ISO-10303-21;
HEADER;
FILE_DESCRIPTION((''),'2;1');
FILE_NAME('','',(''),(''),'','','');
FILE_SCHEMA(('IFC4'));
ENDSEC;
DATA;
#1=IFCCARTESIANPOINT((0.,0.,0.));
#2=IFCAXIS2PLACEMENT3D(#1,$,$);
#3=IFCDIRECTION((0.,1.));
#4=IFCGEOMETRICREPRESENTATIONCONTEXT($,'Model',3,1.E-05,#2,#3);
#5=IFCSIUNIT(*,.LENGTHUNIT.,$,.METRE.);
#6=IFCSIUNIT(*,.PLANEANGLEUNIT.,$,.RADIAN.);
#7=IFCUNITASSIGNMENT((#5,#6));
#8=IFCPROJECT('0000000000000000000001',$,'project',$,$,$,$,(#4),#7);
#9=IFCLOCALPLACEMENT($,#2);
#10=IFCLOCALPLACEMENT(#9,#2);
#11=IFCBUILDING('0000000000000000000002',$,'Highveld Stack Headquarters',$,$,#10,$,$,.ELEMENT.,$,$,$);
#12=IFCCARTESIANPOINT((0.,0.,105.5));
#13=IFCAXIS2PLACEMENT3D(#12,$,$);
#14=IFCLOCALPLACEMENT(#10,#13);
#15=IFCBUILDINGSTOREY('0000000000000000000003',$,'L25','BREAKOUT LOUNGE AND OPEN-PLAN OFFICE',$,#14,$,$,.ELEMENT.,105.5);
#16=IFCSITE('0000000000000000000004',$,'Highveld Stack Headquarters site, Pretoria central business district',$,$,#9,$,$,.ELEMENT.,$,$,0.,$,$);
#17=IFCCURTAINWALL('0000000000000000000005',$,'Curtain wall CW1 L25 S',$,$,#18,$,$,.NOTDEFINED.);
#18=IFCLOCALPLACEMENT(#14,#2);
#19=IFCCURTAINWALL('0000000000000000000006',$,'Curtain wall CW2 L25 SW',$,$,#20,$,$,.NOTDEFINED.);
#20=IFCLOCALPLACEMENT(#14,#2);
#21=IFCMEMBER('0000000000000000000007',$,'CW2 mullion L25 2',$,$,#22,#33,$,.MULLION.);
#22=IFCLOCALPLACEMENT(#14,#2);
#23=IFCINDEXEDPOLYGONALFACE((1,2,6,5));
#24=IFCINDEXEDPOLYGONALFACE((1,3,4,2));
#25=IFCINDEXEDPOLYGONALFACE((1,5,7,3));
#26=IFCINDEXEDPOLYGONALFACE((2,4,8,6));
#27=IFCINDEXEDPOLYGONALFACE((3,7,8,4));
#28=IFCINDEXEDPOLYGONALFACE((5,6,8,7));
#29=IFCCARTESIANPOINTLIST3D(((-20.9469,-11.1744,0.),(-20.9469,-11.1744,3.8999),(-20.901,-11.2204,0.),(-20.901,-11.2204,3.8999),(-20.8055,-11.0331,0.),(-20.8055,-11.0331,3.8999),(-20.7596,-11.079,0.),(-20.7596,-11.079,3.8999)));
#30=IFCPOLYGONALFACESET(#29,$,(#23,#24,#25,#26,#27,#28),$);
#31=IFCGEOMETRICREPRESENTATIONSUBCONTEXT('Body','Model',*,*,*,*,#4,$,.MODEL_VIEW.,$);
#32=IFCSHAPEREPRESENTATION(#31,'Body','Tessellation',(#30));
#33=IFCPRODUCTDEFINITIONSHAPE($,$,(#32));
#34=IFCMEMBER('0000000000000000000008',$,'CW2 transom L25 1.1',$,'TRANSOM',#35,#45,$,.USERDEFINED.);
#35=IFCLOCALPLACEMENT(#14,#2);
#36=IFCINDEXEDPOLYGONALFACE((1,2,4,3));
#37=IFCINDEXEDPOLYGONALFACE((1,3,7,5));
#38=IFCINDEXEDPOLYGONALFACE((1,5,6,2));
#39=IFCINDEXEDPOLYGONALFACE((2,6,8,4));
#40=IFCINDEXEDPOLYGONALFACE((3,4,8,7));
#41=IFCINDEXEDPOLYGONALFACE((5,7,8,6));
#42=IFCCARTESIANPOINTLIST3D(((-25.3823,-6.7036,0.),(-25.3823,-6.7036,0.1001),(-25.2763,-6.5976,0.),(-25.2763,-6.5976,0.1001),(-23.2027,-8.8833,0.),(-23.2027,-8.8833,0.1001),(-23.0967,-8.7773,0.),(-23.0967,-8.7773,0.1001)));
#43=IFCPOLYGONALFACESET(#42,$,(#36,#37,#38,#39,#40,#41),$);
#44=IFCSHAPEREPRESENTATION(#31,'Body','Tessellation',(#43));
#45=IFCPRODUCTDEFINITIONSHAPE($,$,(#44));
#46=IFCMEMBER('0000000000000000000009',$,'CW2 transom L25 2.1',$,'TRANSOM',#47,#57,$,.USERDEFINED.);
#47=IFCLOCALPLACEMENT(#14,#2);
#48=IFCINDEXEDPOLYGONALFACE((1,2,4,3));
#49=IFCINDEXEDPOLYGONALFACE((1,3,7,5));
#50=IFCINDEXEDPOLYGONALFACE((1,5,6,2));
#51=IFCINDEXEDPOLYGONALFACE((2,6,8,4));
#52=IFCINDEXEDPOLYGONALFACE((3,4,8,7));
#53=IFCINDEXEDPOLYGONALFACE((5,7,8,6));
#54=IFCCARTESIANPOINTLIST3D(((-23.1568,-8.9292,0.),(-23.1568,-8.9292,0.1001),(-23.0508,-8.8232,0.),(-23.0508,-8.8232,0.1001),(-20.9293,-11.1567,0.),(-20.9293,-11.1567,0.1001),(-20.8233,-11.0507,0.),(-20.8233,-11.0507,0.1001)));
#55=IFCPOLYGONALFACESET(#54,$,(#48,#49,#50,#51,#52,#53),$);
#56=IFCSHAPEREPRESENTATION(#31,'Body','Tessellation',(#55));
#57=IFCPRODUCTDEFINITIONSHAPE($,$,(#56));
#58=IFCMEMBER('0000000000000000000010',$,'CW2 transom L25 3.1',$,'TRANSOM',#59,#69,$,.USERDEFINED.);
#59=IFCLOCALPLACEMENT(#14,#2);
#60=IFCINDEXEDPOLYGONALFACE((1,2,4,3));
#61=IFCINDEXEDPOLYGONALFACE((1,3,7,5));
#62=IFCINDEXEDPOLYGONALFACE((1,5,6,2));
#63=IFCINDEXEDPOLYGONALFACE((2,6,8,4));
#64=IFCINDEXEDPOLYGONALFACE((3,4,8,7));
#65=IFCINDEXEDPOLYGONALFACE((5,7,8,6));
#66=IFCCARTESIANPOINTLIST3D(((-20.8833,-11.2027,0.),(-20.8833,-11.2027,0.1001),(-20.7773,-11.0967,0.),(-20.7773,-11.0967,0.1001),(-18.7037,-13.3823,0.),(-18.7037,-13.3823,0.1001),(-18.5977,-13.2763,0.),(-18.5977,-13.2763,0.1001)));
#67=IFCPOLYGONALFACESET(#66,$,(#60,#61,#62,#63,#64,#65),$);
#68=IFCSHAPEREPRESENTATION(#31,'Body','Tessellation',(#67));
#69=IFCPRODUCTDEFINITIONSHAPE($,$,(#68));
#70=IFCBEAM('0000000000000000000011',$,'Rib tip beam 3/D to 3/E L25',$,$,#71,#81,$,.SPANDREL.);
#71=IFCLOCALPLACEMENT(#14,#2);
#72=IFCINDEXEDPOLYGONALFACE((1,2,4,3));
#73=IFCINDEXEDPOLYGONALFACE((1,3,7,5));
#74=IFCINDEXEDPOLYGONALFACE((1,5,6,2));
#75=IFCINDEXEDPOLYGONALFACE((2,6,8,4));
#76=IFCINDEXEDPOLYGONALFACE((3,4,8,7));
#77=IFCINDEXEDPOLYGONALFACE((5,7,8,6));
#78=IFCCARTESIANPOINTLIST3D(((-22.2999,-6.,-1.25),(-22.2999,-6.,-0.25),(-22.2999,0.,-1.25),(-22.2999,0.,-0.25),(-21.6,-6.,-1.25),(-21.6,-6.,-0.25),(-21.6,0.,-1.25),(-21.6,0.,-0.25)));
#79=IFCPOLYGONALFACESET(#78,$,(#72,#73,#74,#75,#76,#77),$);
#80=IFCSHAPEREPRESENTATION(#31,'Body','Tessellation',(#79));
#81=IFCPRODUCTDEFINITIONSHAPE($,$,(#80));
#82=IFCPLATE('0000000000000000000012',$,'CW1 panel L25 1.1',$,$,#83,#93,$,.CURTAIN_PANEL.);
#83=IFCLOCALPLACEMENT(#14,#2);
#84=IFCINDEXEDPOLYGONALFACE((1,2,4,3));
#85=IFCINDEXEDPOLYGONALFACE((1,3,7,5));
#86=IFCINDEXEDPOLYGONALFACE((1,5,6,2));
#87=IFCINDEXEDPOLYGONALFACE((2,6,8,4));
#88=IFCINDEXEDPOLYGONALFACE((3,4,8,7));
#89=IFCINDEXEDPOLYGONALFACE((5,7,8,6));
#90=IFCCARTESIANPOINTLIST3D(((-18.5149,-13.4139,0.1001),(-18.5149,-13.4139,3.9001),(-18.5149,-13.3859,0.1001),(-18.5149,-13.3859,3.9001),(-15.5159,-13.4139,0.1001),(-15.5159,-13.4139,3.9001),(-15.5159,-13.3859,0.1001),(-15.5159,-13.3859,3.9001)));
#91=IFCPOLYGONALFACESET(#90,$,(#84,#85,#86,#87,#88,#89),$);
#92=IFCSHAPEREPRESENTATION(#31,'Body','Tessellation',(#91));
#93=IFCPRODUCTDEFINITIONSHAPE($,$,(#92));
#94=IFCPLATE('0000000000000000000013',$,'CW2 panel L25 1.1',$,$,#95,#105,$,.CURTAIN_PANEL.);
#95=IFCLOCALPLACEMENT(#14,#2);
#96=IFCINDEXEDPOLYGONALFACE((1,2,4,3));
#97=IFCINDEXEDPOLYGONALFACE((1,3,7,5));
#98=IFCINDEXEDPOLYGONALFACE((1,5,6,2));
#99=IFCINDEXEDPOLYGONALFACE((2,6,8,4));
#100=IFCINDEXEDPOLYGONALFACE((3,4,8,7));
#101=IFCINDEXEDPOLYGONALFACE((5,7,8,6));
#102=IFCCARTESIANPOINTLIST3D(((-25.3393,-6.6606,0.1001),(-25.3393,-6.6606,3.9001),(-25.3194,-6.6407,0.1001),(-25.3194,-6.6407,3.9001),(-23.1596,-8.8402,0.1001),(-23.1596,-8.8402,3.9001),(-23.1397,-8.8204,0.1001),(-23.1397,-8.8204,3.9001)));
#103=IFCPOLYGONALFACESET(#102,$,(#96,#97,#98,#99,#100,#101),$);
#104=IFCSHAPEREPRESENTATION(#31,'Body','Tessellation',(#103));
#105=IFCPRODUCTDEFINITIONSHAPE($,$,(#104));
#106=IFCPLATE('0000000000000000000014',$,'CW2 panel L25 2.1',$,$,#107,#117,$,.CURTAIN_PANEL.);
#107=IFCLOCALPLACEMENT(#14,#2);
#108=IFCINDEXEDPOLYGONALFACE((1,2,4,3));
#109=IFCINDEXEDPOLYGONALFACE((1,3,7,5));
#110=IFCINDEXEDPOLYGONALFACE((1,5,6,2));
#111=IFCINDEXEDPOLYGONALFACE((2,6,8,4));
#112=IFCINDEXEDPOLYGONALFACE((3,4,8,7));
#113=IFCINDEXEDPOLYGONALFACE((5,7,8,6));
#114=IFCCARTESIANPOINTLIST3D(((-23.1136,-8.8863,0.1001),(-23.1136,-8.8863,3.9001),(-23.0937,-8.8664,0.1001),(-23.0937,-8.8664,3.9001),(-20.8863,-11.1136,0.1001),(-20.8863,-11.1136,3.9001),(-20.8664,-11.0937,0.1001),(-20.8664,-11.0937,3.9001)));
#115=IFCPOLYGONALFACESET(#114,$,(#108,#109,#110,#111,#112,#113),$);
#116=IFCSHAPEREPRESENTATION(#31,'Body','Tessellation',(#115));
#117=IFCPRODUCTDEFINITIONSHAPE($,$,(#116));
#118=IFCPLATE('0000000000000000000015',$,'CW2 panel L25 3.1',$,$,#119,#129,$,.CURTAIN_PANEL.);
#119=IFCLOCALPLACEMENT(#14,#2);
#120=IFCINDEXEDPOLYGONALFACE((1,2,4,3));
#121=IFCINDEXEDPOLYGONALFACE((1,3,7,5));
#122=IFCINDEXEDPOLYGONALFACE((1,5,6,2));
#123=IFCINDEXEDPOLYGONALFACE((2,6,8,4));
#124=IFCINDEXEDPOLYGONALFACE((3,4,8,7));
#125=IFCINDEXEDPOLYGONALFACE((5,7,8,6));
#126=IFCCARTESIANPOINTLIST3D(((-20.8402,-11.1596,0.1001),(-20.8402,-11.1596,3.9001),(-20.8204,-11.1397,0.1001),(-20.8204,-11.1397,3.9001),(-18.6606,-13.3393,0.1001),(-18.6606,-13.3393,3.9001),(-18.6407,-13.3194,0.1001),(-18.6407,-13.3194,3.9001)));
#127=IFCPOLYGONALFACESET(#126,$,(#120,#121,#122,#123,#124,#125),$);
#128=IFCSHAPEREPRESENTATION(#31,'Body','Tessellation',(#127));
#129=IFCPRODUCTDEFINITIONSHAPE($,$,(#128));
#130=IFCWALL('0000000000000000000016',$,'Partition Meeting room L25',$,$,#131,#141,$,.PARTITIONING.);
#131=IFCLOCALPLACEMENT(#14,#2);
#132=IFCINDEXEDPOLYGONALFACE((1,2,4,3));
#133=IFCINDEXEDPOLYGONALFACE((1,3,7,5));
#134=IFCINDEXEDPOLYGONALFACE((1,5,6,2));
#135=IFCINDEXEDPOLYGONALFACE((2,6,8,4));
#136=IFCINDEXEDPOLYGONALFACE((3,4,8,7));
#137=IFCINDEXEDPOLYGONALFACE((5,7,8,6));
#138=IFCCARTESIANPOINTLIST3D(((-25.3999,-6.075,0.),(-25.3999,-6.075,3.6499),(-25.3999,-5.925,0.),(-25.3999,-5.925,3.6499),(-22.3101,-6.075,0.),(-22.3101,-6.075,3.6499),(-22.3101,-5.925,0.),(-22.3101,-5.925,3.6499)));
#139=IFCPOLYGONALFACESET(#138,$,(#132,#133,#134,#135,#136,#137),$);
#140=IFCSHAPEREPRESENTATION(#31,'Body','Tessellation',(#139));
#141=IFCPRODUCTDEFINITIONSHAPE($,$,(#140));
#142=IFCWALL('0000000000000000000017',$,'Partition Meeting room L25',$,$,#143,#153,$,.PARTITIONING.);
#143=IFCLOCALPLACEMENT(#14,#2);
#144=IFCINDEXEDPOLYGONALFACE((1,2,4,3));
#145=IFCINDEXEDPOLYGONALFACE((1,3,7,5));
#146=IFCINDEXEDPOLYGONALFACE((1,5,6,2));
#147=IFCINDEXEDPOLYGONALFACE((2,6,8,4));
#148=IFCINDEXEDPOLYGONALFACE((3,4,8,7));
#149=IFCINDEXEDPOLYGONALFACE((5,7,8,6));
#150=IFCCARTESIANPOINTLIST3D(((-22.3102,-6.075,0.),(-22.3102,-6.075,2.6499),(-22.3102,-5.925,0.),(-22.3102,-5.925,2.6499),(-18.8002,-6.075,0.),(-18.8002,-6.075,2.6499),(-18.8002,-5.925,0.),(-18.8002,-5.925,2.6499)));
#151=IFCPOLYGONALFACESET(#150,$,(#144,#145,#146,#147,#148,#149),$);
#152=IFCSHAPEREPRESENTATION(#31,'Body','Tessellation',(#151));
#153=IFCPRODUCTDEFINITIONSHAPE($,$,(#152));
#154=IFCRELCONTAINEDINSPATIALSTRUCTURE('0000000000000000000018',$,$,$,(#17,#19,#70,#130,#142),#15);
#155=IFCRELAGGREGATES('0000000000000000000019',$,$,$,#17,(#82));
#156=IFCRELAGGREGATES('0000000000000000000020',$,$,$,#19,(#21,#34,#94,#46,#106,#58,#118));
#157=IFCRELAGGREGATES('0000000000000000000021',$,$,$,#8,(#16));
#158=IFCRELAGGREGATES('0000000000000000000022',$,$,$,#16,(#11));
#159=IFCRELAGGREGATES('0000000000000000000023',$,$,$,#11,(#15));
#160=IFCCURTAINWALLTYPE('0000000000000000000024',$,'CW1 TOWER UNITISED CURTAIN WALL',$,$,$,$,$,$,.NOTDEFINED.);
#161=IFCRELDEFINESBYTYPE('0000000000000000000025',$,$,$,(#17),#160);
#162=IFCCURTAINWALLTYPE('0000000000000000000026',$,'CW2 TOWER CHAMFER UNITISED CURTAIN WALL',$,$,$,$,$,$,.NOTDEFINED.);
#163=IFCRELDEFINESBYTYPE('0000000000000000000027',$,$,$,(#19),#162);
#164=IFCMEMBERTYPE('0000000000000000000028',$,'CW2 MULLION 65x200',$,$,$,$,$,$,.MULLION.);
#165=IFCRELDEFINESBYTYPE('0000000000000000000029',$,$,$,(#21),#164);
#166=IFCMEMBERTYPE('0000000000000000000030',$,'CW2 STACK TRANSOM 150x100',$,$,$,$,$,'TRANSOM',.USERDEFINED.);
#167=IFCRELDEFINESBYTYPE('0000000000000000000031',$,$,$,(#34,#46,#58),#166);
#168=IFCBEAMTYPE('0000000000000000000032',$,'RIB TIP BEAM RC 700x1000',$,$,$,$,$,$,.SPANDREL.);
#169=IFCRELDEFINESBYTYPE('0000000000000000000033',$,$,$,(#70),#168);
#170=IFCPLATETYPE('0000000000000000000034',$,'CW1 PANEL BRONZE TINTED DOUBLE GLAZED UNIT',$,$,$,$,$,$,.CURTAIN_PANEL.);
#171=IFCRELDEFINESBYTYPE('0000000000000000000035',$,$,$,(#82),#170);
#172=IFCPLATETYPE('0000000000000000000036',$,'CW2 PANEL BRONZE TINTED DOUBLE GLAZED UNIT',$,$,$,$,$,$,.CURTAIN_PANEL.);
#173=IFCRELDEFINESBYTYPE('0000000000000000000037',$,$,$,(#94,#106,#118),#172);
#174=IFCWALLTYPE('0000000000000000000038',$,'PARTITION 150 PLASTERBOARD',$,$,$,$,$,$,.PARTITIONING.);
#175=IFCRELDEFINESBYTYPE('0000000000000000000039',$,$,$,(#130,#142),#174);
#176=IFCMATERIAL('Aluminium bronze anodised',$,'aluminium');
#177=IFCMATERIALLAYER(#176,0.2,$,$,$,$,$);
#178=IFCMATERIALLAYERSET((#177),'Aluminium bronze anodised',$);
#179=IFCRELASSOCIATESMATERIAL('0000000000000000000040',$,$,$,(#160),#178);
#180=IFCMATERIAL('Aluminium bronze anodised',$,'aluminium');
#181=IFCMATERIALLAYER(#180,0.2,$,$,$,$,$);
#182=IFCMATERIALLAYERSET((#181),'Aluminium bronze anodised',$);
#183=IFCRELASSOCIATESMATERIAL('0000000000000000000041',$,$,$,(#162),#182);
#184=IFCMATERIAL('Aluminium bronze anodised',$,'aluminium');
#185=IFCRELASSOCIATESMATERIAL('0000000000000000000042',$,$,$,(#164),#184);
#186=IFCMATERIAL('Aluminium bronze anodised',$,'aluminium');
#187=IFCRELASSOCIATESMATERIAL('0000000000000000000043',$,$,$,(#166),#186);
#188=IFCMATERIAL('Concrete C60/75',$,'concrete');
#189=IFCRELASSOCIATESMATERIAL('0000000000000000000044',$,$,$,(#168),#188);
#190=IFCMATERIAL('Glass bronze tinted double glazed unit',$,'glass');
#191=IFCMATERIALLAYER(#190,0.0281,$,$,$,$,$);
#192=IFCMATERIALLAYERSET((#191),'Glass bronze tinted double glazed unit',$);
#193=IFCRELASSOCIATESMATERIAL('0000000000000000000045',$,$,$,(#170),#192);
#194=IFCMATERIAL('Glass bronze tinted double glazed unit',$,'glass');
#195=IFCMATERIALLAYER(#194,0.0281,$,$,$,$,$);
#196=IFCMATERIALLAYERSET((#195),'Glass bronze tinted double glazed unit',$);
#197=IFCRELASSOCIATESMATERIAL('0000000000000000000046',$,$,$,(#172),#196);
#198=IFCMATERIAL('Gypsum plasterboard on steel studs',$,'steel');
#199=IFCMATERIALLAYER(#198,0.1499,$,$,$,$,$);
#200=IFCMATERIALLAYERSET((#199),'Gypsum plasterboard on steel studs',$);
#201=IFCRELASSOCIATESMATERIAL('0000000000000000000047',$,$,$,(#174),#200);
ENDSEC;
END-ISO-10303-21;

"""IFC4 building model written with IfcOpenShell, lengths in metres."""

from ifc_helpers import new_model, si_unit, direction, frame, frame_2d, origin, origin_2d, place, context, subcontext, project, spatial, rectangle, extrude, material, layer, layer_set, material_profile, profile_set, type_object, element, aggregate, save


model = new_model("IFC4")

# Units and contexts
model_context = context("Model", 3, precision=1e-05, world=origin(), true_north=direction((0.0, 1.0)))
body_context = subcontext(model_context, "Body", "Model", "MODEL_VIEW")
ifc_project = project(units=[si_unit("LENGTHUNIT", "METRE"), si_unit("PLANEANGLEUNIT", "RADIAN")], contexts=[model_context])

# Site, building, storey
site_placement = place(None, origin())
site = spatial("IfcSite", under=ifc_project, at=site_placement, Name="Highveld Stack Headquarters site, Pretoria central business district", CompositionType="ELEMENT", RefElevation=0.0)
building_placement = place(site_placement, origin())
building = spatial("IfcBuilding", under=site, at=building_placement, Name="Highveld Stack Headquarters", CompositionType="ELEMENT")
storey_placement = place(building_placement, frame((0.0, 0.0, 105.5)))
storey = spatial("IfcBuildingStorey", under=building, at=storey_placement, Name="L25", Description="BREAKOUT LOUNGE AND OPEN-PLAN OFFICE", CompositionType="ELEMENT", Elevation=105.5)

# Curtain wall
ifc_material_1 = material(Name="Aluminium bronze anodised", Category="aluminium")
ifc_layer_1 = layer(ifc_material_1, 0.2)
ifc_layer_set_1 = layer_set([ifc_layer_1], Name="Aluminium bronze anodised")
curtain_wall_type_1 = type_object("IfcCurtainWallType", Name="CW1 TOWER UNITISED CURTAIN WALL", PredefinedType="NOTDEFINED", material=ifc_layer_set_1)
curtain_wall_1_placement = place(storey_placement, origin())
curtain_wall_1 = element("IfcCurtainWall", 1, at=curtain_wall_1_placement, inside=storey, type_object=curtain_wall_type_1, Name="Curtain wall CW1 L25 S", PredefinedType="NOTDEFINED")

# Curtain wall, members
ifc_material_2 = material(Name="Aluminium bronze anodised", Category="aluminium")
ifc_layer_2 = layer(ifc_material_2, 0.2)
ifc_layer_set_2 = layer_set([ifc_layer_2], Name="Aluminium bronze anodised")
curtain_wall_type_2 = type_object("IfcCurtainWallType", Name="CW2 TOWER CHAMFER UNITISED CURTAIN WALL", PredefinedType="NOTDEFINED", material=ifc_layer_set_2)
curtain_wall_2_placement = place(storey_placement, origin())
curtain_wall_2 = element("IfcCurtainWall", 2, at=curtain_wall_2_placement, inside=storey, type_object=curtain_wall_type_2, Name="Curtain wall CW2 L25 SW", PredefinedType="NOTDEFINED")
ifc_material_3 = material(Name="Aluminium bronze anodised", Category="aluminium")
ifc_material_profile_1 = material_profile(ifc_material_3, rectangle(XDim=0.2, YDim=0.0649, at=origin_2d()), Name="CW2 MULLION 65x200")
ifc_profile_set_1 = profile_set([ifc_material_profile_1], Name="Aluminium bronze anodised")
member_type_1 = type_object("IfcMemberType", Name="CW2 MULLION 65x200", PredefinedType="MULLION", material=ifc_profile_set_1)
member_1_placement = place(storey_placement, frame((-20.8533, -11.1267, 0.0), z_axis=(0.0, 0.0, 1.0), x_axis=(0.707107, 0.707107, 0.0)))
member_1 = element("IfcMember", 3, at=member_1_placement, type_object=member_type_1, Name="CW2 mullion L25 2", PredefinedType="MULLION", context=body_context, shape_type="SweptSolid", body=[
    extrude(rectangle(XDim=0.2, YDim=0.0649, at=origin_2d()), origin(), (0.0, 0.0, 1.0), 3.8999),
])
ifc_material_4 = material(Name="Aluminium bronze anodised", Category="aluminium")
ifc_material_profile_2 = material_profile(ifc_material_4, rectangle(XDim=0.1499, YDim=0.1001, at=origin_2d()), Name="CW2 TRANSOM 150x100")
ifc_profile_set_2 = profile_set([ifc_material_profile_2], Name="Aluminium bronze anodised")
member_type_2 = type_object("IfcMemberType", Name="CW2 STACK TRANSOM 150x100", ElementType="TRANSOM", PredefinedType="USERDEFINED", material=ifc_profile_set_2)
member_2_placement = place(storey_placement, frame((-25.3293, -6.6506, 0.05), z_axis=(0.707107, -0.707107, 0.0), x_axis=(0.707107, 0.707107, 0.0)))
member_2 = element("IfcMember", 4, at=member_2_placement, type_object=member_type_2, Name="CW2 transom L25 1.1", ObjectType="TRANSOM", PredefinedType="USERDEFINED", context=body_context, shape_type="SweptSolid", body=[
    extrude(rectangle(XDim=0.1499, YDim=0.1001, at=origin_2d()), origin(), (0.0, 0.0, 1.0), 3.0825),
])
member_3_placement = place(storey_placement, frame((-23.1038, -8.8762, 0.05), z_axis=(0.707107, -0.707107, 0.0), x_axis=(0.707107, 0.707107, 0.0)))
member_3 = element("IfcMember", 5, at=member_3_placement, type_object=member_type_2, Name="CW2 transom L25 2.1", ObjectType="TRANSOM", PredefinedType="USERDEFINED", context=body_context, shape_type="SweptSolid", body=[
    extrude(rectangle(XDim=0.1499, YDim=0.1001, at=origin_2d()), origin(), (0.0, 0.0, 1.0), 3.1501),
])
member_4_placement = place(storey_placement, frame((-20.8303, -11.1497, 0.05), z_axis=(0.707107, -0.707107, 0.0), x_axis=(0.707107, 0.707107, 0.0)))
member_4 = element("IfcMember", 6, at=member_4_placement, type_object=member_type_2, Name="CW2 transom L25 3.1", ObjectType="TRANSOM", PredefinedType="USERDEFINED", context=body_context, shape_type="SweptSolid", body=[
    extrude(rectangle(XDim=0.1499, YDim=0.1001, at=origin_2d()), origin(), (0.0, 0.0, 1.0), 3.0825),
])

# Beam
ifc_material_5 = material(Name="Concrete C60/75", Category="concrete")
ifc_material_profile_3 = material_profile(ifc_material_5, rectangle(XDim=0.7, YDim=1.0, at=origin_2d()), Name="RC 700x1000")
ifc_profile_set_3 = profile_set([ifc_material_profile_3], Name="Concrete C60/75")
beam_type_1 = type_object("IfcBeamType", Name="RIB TIP BEAM RC 700x1000", PredefinedType="SPANDREL", material=ifc_profile_set_3)
beam_1_placement = place(storey_placement, frame((-21.95, -6.0, -0.75), z_axis=(0.0, 1.0, 0.0), x_axis=(-1.0, 0.0, 0.0)))
element("IfcBeam", 7, at=beam_1_placement, inside=storey, type_object=beam_type_1, Name="Rib tip beam 3/D to 3/E L25", PredefinedType="SPANDREL", context=body_context, shape_type="SweptSolid", body=[
    extrude(rectangle(XDim=0.7, YDim=1.0, at=origin_2d()), origin(), (0.0, 0.0, 1.0), 6.0),
])

# Plates
ifc_material_6 = material(Name="Glass bronze tinted double glazed unit", Category="glass")
ifc_layer_3 = layer(ifc_material_6, 0.0281)
ifc_layer_set_3 = layer_set([ifc_layer_3], Name="Glass bronze tinted double glazed unit")
plate_type_1 = type_object("IfcPlateType", Name="CW1 PANEL BRONZE TINTED DOUBLE GLAZED UNIT", PredefinedType="CURTAIN_PANEL", material=ifc_layer_set_3)
plate_1_placement = place(storey_placement, frame((-17.0154, -13.3999, 0.1001), z_axis=(0.0, 0.0, 1.0), x_axis=(1.0, 0.0, 0.0)))
plate_1 = element("IfcPlate", 8, at=plate_1_placement, type_object=plate_type_1, Name="CW1 panel L25 1.1", PredefinedType="CURTAIN_PANEL", context=body_context, shape_type="SweptSolid", body=[
    extrude(rectangle(XDim=2.999, YDim=0.0281, at=origin_2d()), origin(), (0.0, 0.0, 1.0), 3.8),
])
aggregate(curtain_wall_1, [plate_1])
ifc_material_7 = material(Name="Glass bronze tinted double glazed unit", Category="glass")
ifc_layer_4 = layer(ifc_material_7, 0.0281)
ifc_layer_set_4 = layer_set([ifc_layer_4], Name="Glass bronze tinted double glazed unit")
plate_type_2 = type_object("IfcPlateType", Name="CW2 PANEL BRONZE TINTED DOUBLE GLAZED UNIT", PredefinedType="CURTAIN_PANEL", material=ifc_layer_set_4)
plate_2_placement = place(storey_placement, frame((-24.2395, -7.7405, 0.1001), z_axis=(0.0, 0.0, 1.0), x_axis=(0.707107, -0.707107, 0.0)))
plate_2 = element("IfcPlate", 9, at=plate_2_placement, type_object=plate_type_2, Name="CW2 panel L25 1.1", PredefinedType="CURTAIN_PANEL", context=body_context, shape_type="SweptSolid", body=[
    extrude(rectangle(XDim=3.0825, YDim=0.0281, at=origin_2d()), origin(), (0.0, 0.0, 1.0), 3.8),
])
plate_3_placement = place(storey_placement, frame((-21.99, -9.99, 0.1001), z_axis=(0.0, 0.0, 1.0), x_axis=(0.707107, -0.707107, 0.0)))
plate_3 = element("IfcPlate", 10, at=plate_3_placement, type_object=plate_type_2, Name="CW2 panel L25 2.1", PredefinedType="CURTAIN_PANEL", context=body_context, shape_type="SweptSolid", body=[
    extrude(rectangle(XDim=3.1499, YDim=0.0281, at=origin_2d()), origin(), (0.0, 0.0, 1.0), 3.8),
])
plate_4_placement = place(storey_placement, frame((-19.7405, -12.2395, 0.1001), z_axis=(0.0, 0.0, 1.0), x_axis=(0.707107, -0.707107, 0.0)))
plate_4 = element("IfcPlate", 11, at=plate_4_placement, type_object=plate_type_2, Name="CW2 panel L25 3.1", PredefinedType="CURTAIN_PANEL", context=body_context, shape_type="SweptSolid", body=[
    extrude(rectangle(XDim=3.0825, YDim=0.0281, at=origin_2d()), origin(), (0.0, 0.0, 1.0), 3.8),
])
aggregate(curtain_wall_2, [member_1, member_2, plate_2, member_3, plate_3, member_4, plate_4])

# Walls
ifc_material_8 = material(Name="Gypsum plasterboard on steel studs", Category="steel")
ifc_layer_5 = layer(ifc_material_8, 0.1499)
ifc_layer_set_5 = layer_set([ifc_layer_5], Name="Gypsum plasterboard on steel studs")
wall_type = type_object("IfcWallType", Name="PARTITION 150 PLASTERBOARD", PredefinedType="PARTITIONING", material=ifc_layer_set_5)
wall_1_placement = place(storey_placement, frame((-25.3999, -6.0, 0.0), z_axis=(0.0, 0.0, 1.0), x_axis=(1.0, 0.0, 0.0)))
element("IfcWall", 12, at=wall_1_placement, inside=storey, type_object=wall_type, Name="Partition Meeting room L25", PredefinedType="PARTITIONING", context=body_context, shape_type="SweptSolid", body=[
    extrude(rectangle(XDim=3.0898, YDim=0.1499, at=frame_2d((1.5449, 0.0))), origin(), (0.0, 0.0, 1.0), 3.6499),
])
wall_2_placement = place(storey_placement, frame((-22.3101, -6.0, 0.0), z_axis=(0.0, 0.0, 1.0), x_axis=(1.0, 0.0, 0.0)))
element("IfcWall", 13, at=wall_2_placement, inside=storey, type_object=wall_type, Name="Partition Meeting room L25", PredefinedType="PARTITIONING", context=body_context, shape_type="SweptSolid", body=[
    extrude(rectangle(XDim=3.51, YDim=0.1499, at=frame_2d((1.7549, 0.0))), origin(), (0.0, 0.0, 1.0), 2.6499),
])

save(model, "model.ifc")
